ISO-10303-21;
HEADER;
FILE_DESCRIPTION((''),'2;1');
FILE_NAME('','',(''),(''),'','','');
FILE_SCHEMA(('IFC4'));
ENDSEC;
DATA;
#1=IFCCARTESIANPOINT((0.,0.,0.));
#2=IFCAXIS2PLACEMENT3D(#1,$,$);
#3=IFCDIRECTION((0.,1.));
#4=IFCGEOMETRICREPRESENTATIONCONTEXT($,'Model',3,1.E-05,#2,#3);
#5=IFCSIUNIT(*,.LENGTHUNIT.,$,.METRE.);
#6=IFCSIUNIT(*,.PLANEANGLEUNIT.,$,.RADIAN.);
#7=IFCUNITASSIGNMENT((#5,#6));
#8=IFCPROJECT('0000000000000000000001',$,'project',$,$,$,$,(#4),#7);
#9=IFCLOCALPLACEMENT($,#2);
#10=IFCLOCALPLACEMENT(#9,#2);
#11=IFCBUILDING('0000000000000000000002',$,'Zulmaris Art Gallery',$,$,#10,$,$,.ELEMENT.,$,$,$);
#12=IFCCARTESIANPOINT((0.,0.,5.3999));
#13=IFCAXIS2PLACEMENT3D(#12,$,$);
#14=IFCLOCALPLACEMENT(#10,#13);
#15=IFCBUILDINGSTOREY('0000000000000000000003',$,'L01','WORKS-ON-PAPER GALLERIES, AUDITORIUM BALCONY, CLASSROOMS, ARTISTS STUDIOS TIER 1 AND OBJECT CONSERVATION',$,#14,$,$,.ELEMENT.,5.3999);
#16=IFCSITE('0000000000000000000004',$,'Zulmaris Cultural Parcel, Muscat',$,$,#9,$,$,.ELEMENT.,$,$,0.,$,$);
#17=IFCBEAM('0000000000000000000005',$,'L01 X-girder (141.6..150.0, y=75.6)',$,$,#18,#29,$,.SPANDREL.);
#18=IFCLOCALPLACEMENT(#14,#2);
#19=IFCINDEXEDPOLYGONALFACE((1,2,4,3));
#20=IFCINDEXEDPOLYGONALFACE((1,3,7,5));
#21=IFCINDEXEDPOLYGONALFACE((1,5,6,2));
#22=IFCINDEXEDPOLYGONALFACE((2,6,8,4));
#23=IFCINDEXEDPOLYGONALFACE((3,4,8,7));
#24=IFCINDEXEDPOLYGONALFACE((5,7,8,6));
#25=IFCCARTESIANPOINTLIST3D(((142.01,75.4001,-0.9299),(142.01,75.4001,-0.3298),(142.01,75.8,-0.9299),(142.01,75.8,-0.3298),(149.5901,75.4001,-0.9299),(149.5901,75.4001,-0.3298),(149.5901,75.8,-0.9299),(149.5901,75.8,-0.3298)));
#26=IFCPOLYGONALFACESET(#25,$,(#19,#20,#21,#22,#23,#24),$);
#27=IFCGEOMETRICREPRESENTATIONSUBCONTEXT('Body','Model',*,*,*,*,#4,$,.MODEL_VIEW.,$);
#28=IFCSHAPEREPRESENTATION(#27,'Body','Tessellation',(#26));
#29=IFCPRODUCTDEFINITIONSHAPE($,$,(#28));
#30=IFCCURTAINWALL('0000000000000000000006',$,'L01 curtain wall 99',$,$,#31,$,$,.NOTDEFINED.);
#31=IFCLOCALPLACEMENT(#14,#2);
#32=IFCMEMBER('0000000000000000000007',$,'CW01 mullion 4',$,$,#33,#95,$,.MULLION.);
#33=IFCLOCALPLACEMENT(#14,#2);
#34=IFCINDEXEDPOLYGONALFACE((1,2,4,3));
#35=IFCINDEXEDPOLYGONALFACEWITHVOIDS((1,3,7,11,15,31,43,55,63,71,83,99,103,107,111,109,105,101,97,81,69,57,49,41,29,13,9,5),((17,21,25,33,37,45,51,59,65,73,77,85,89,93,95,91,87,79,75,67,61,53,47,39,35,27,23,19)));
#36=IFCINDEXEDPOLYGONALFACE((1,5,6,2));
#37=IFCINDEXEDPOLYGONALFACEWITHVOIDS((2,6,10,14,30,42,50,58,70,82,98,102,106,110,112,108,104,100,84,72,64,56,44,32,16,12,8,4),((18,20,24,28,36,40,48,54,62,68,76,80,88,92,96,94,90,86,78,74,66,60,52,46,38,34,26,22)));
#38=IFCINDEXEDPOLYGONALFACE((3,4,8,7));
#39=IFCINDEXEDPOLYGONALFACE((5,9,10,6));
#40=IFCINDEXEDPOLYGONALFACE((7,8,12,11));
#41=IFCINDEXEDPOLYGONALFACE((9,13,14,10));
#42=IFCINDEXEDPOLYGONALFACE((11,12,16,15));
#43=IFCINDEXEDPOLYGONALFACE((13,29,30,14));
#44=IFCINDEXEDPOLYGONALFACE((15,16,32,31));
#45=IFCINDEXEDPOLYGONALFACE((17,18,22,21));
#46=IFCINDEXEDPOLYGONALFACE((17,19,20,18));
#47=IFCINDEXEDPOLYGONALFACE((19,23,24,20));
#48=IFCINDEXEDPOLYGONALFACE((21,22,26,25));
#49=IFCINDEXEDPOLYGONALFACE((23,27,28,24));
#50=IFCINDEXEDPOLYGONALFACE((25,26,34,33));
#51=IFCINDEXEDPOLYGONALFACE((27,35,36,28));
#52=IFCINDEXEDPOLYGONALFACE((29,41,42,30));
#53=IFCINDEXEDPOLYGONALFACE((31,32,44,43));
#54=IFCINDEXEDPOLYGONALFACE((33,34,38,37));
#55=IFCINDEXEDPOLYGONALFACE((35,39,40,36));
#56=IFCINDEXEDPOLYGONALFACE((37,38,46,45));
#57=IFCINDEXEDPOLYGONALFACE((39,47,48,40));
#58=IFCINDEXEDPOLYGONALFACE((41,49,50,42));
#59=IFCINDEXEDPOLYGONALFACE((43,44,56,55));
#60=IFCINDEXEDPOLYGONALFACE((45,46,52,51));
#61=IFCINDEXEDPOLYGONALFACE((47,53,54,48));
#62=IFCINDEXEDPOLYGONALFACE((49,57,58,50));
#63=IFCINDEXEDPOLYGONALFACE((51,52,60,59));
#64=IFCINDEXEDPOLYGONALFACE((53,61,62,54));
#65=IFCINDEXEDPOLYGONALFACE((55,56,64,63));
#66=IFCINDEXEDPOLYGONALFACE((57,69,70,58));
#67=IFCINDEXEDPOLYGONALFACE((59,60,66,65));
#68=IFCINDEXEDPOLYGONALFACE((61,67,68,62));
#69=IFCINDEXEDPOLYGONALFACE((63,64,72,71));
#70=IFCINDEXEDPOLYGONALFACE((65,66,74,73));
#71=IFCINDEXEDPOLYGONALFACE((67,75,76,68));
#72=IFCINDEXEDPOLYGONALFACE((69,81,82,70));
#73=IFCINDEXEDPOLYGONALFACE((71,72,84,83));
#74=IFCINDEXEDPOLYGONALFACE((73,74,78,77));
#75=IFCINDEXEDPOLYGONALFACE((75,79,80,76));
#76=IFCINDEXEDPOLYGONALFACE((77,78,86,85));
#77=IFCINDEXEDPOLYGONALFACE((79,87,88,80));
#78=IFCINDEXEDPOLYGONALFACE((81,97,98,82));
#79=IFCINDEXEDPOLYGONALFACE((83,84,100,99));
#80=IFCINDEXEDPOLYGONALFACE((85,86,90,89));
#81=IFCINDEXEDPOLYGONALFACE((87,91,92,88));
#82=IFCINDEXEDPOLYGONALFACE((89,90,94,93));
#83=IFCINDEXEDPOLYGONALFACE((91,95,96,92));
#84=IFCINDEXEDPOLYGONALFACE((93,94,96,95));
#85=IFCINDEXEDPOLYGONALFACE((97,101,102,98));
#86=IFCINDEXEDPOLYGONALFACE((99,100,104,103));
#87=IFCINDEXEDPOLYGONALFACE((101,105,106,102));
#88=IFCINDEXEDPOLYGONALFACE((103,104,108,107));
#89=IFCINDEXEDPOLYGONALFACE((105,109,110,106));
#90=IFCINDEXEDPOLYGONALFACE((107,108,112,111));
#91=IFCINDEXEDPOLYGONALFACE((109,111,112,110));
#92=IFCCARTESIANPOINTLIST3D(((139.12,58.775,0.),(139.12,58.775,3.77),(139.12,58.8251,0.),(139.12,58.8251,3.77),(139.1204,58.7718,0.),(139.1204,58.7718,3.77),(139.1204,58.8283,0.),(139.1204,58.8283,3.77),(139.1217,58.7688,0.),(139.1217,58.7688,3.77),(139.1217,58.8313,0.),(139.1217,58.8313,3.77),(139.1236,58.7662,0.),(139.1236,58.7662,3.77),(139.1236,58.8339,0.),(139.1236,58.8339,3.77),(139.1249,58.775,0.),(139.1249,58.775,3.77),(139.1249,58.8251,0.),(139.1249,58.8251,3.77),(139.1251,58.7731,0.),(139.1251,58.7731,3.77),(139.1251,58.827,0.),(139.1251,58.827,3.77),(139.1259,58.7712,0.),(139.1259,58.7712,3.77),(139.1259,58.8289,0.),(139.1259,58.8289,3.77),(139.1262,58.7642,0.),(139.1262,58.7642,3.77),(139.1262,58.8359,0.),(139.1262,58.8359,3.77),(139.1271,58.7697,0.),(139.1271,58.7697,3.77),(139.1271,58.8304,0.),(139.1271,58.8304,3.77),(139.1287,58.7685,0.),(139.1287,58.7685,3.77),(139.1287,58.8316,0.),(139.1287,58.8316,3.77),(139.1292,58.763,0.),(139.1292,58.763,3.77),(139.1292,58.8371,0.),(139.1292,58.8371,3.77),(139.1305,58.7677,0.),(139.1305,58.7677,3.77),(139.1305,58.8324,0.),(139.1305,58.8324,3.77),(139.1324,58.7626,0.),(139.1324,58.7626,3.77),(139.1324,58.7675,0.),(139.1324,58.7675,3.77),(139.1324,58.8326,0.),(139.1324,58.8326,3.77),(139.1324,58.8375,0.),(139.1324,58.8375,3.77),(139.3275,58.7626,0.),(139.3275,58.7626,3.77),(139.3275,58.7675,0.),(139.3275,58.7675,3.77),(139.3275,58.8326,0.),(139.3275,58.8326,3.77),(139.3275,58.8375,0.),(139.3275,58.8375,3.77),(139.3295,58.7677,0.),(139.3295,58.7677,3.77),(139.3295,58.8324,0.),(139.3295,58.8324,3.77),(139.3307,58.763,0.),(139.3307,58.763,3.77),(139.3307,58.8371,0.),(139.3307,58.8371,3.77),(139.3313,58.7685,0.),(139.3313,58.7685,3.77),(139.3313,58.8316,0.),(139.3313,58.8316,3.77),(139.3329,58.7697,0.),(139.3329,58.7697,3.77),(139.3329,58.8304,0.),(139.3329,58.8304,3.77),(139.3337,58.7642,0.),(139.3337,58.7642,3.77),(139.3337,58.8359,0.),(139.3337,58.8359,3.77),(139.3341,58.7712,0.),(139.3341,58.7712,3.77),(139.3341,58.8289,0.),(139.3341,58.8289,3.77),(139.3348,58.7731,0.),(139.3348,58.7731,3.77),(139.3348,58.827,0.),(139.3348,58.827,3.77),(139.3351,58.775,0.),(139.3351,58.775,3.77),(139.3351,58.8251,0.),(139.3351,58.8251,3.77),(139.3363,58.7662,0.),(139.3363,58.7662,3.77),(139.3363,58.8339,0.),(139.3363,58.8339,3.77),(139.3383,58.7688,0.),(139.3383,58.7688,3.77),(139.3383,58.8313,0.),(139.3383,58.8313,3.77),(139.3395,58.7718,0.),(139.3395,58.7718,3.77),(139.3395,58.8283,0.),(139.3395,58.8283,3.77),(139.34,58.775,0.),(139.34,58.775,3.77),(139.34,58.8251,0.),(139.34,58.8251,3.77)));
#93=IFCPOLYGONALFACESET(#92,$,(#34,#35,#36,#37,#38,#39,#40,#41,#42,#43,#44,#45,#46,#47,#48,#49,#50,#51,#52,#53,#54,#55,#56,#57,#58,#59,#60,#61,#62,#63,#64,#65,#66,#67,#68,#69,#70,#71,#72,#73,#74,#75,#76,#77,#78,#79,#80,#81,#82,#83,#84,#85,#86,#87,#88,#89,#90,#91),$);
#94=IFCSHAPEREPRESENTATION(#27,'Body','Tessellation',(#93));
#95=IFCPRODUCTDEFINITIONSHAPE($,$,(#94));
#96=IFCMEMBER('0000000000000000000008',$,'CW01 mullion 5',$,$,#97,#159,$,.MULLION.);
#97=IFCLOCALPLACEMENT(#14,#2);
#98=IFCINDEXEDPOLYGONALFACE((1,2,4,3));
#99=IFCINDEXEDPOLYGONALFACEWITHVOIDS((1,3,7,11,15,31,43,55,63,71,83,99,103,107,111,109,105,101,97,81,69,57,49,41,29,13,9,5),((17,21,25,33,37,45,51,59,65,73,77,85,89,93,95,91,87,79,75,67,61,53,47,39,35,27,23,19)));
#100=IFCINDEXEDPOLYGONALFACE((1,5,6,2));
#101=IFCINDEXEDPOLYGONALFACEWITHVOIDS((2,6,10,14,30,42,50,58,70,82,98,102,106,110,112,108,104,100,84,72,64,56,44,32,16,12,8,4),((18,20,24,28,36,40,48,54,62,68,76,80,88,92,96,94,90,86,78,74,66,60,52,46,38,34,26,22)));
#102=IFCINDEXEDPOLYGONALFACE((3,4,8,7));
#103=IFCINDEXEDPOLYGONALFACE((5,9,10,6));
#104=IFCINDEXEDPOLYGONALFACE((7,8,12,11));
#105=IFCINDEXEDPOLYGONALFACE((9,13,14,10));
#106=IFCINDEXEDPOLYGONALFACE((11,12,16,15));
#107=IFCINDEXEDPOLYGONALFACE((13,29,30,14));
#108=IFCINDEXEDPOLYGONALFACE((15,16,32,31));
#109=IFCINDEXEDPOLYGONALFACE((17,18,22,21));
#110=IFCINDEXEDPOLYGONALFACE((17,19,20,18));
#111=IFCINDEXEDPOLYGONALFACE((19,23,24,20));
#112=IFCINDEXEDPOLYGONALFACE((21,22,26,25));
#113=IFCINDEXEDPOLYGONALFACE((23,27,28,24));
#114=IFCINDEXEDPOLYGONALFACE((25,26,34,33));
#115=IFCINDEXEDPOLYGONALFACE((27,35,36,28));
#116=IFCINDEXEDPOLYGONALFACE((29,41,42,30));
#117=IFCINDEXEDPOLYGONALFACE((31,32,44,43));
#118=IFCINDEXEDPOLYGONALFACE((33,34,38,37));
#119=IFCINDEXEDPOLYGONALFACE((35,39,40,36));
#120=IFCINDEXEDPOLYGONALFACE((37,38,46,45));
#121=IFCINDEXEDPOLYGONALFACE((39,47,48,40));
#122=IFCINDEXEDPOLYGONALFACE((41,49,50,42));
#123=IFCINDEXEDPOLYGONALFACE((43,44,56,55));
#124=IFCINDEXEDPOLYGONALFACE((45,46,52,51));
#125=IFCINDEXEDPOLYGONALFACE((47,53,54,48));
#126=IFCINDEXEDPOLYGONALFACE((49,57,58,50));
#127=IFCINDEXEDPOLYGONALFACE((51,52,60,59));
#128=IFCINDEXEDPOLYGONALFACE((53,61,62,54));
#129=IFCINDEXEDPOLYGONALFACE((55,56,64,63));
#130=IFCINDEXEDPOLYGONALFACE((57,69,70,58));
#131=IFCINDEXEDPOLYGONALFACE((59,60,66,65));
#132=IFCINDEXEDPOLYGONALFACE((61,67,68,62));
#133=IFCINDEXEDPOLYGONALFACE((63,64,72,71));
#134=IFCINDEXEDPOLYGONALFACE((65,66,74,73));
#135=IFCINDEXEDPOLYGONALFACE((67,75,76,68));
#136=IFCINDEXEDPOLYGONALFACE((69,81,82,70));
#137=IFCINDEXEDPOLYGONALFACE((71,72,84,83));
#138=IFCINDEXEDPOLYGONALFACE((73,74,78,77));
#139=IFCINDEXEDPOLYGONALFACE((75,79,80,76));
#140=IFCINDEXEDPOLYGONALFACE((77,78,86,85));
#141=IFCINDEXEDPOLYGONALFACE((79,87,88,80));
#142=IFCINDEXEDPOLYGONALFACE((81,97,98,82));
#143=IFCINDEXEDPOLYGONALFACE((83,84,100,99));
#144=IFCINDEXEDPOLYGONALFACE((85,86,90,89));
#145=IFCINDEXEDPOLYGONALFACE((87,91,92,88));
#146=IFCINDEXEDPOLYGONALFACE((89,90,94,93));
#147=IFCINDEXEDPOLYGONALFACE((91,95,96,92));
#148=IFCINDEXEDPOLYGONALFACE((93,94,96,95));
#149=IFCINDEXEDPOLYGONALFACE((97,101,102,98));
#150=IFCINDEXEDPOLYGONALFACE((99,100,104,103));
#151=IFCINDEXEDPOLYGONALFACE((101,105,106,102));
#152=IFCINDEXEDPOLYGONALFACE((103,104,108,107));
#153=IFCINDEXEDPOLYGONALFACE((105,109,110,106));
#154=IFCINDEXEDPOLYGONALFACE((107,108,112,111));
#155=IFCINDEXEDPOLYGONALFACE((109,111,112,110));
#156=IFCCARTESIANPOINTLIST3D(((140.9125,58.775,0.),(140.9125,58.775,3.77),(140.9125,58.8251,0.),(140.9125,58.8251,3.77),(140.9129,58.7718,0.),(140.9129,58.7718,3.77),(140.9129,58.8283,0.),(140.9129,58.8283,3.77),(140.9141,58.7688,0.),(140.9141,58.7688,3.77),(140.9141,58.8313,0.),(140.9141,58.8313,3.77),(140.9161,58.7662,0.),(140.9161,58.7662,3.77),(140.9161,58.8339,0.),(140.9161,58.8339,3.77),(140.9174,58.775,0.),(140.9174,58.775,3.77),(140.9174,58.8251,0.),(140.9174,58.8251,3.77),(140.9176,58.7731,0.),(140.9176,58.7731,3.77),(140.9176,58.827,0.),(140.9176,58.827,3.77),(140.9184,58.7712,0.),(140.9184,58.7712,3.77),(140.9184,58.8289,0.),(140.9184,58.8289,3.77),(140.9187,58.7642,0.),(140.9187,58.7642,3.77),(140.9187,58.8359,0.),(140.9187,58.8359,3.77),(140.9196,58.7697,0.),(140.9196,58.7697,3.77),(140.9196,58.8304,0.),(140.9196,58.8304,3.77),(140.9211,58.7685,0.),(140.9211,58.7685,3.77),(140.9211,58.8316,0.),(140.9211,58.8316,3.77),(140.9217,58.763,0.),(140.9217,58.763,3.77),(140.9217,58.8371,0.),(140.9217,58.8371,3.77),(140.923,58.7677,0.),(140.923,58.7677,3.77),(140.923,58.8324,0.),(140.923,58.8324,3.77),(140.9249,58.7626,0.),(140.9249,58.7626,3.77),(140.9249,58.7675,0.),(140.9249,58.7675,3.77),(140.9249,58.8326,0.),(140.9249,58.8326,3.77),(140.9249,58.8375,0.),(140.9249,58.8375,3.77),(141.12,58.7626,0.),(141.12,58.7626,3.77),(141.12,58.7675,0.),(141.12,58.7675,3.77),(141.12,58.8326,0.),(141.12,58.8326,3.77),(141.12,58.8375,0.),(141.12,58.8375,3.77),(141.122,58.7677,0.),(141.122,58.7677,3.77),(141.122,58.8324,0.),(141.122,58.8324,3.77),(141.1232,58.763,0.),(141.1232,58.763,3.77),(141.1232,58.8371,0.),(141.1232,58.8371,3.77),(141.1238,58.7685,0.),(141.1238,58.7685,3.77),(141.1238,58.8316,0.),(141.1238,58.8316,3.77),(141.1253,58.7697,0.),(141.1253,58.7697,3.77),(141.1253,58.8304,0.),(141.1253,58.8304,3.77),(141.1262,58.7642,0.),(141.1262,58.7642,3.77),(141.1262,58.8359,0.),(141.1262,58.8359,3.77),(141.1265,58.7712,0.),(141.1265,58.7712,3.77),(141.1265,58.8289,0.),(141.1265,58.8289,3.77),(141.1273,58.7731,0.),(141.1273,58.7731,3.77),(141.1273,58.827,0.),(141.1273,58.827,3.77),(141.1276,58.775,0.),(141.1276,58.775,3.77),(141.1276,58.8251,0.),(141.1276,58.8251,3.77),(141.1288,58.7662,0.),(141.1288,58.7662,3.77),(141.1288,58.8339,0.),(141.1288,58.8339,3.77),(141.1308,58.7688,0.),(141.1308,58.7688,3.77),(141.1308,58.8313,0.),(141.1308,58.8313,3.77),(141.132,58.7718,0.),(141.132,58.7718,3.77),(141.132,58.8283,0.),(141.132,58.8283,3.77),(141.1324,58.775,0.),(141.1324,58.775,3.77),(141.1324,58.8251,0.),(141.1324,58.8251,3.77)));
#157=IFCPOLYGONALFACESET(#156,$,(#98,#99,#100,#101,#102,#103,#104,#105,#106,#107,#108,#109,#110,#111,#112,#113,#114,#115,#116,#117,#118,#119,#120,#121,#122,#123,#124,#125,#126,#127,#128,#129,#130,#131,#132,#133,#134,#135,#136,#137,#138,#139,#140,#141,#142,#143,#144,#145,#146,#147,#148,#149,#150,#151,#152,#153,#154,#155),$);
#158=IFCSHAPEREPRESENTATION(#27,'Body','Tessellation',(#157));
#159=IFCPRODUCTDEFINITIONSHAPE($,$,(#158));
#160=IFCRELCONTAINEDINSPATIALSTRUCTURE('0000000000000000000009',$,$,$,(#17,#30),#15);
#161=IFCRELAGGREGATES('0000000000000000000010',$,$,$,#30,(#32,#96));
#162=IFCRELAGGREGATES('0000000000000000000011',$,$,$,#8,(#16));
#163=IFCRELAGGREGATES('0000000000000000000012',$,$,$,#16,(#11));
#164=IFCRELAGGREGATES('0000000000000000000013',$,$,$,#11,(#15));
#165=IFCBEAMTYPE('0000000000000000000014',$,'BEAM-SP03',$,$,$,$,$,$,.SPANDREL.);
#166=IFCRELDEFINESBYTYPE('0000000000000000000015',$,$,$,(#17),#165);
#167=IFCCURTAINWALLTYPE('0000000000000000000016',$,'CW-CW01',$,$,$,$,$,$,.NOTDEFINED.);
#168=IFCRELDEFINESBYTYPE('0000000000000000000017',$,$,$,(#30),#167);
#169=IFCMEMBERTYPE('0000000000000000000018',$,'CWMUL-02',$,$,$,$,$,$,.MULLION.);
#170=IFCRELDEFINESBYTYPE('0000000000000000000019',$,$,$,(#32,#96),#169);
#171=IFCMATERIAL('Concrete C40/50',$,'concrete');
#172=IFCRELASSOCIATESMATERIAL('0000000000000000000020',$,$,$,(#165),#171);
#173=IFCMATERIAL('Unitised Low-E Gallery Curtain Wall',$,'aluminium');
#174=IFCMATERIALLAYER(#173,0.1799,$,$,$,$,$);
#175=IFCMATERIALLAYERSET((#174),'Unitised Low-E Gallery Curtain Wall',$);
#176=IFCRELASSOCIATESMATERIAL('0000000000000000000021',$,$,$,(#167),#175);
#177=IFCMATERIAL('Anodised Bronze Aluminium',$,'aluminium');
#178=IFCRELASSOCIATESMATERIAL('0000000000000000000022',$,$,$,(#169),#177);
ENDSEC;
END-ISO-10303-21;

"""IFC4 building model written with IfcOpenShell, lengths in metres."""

from ifc_helpers import new_model, si_unit, direction, frame, origin, origin_2d, place, context, subcontext, project, spatial, rectangle, hollow_rectangle, extrude, material, layer, layer_set, material_profile, profile_set, type_object, element, aggregate, save


model = new_model("IFC4")

# Units and contexts
model_context = context("Model", 3, precision=1e-05, world=origin(), true_north=direction((0.0, 1.0)))
body_context = subcontext(model_context, "Body", "Model", "MODEL_VIEW")
ifc_project = project(units=[si_unit("LENGTHUNIT", "METRE"), si_unit("PLANEANGLEUNIT", "RADIAN")], contexts=[model_context])

# Site, building, storey
site_placement = place(None, origin())
site = spatial("IfcSite", under=ifc_project, at=site_placement, Name="Zulmaris Cultural Parcel, Muscat", CompositionType="ELEMENT", RefElevation=0.0)
building_placement = place(site_placement, origin())
building = spatial("IfcBuilding", under=site, at=building_placement, Name="Zulmaris Art Gallery", CompositionType="ELEMENT")
storey_placement = place(building_placement, frame((0.0, 0.0, 5.3999)))
storey = spatial("IfcBuildingStorey", under=building, at=storey_placement, Name="L01", Description="WORKS-ON-PAPER GALLERIES, AUDITORIUM BALCONY, CLASSROOMS, ARTISTS STUDIOS TIER 1 AND OBJECT CONSERVATION", CompositionType="ELEMENT", Elevation=5.3999)

# Beam
ifc_material_1 = material(Name="Concrete C40/50", Category="concrete")
ifc_material_profile_1 = material_profile(ifc_material_1, rectangle(XDim=0.3999, YDim=0.6001, at=origin_2d()), Name="RC 400x600")
ifc_profile_set_1 = profile_set([ifc_material_profile_1], Name="Concrete C40/50")
beam_type_1 = type_object("IfcBeamType", Name="BEAM-SP03", PredefinedType="SPANDREL", material=ifc_profile_set_1)
beam_1_placement = place(storey_placement, frame((142.01, 75.6001, -0.6299), z_axis=(1.0, 0.0, 0.0), x_axis=(0.0, 1.0, 0.0)))
element("IfcBeam", 1, at=beam_1_placement, inside=storey, type_object=beam_type_1, Name="L01 X-girder (141.6..150.0, y=75.6)", PredefinedType="SPANDREL", context=body_context, shape_type="SweptSolid", body=[
    extrude(rectangle(XDim=0.3999, YDim=0.6001, at=origin_2d()), origin(), (0.0, 0.0, 1.0), 7.5801),
])

# Curtain wall, members
ifc_material_2 = material(Name="Unitised Low-E Gallery Curtain Wall", Category="aluminium")
ifc_layer_1 = layer(ifc_material_2, 0.1799)
ifc_layer_set_1 = layer_set([ifc_layer_1], Name="Unitised Low-E Gallery Curtain Wall")
curtain_wall_type = type_object("IfcCurtainWallType", Name="CW-CW01", PredefinedType="NOTDEFINED", material=ifc_layer_set_1)
curtain_wall_placement = place(storey_placement, origin())
curtain_wall = element("IfcCurtainWall", 2, at=curtain_wall_placement, inside=storey, type_object=curtain_wall_type, Name="L01 curtain wall 99", PredefinedType="NOTDEFINED")
ifc_material_3 = material(Name="Anodised Bronze Aluminium", Category="aluminium")
ifc_material_profile_2 = material_profile(ifc_material_3, hollow_rectangle(XDim=0.075, YDim=0.22, WallThickness=0.0049, InnerFilletRadius=0.0076, OuterFilletRadius=0.0125, at=origin_2d()), Name="ALU 75x220x5")
ifc_profile_set_2 = profile_set([ifc_material_profile_2], Name="Anodised Bronze Aluminium")
member_type_1 = type_object("IfcMemberType", Name="CWMUL-02", PredefinedType="MULLION", material=ifc_profile_set_2)
member_1_placement = place(storey_placement, frame((139.23, 58.8, 0.0), z_axis=(0.0, 0.0, 1.0), x_axis=(0.0, 1.0, 0.0)))
member_1 = element("IfcMember", 3, at=member_1_placement, type_object=member_type_1, Name="CW01 mullion 4", PredefinedType="MULLION", context=body_context, shape_type="SweptSolid", body=[
    extrude(hollow_rectangle(XDim=0.075, YDim=0.22, WallThickness=0.0049, InnerFilletRadius=0.0076, OuterFilletRadius=0.0125, at=origin_2d()), origin(), (0.0, 0.0, 1.0), 3.77),
])
member_2_placement = place(storey_placement, frame((141.0225, 58.8, 0.0), z_axis=(0.0, 0.0, 1.0), x_axis=(0.0, 1.0, 0.0)))
member_2 = element("IfcMember", 4, at=member_2_placement, type_object=member_type_1, Name="CW01 mullion 5", PredefinedType="MULLION", context=body_context, shape_type="SweptSolid", body=[
    extrude(hollow_rectangle(XDim=0.075, YDim=0.22, WallThickness=0.0049, InnerFilletRadius=0.0076, OuterFilletRadius=0.0125, at=origin_2d()), origin(), (0.0, 0.0, 1.0), 3.77),
])
aggregate(curtain_wall, [member_1, member_2])

save(model, "model.ifc")
